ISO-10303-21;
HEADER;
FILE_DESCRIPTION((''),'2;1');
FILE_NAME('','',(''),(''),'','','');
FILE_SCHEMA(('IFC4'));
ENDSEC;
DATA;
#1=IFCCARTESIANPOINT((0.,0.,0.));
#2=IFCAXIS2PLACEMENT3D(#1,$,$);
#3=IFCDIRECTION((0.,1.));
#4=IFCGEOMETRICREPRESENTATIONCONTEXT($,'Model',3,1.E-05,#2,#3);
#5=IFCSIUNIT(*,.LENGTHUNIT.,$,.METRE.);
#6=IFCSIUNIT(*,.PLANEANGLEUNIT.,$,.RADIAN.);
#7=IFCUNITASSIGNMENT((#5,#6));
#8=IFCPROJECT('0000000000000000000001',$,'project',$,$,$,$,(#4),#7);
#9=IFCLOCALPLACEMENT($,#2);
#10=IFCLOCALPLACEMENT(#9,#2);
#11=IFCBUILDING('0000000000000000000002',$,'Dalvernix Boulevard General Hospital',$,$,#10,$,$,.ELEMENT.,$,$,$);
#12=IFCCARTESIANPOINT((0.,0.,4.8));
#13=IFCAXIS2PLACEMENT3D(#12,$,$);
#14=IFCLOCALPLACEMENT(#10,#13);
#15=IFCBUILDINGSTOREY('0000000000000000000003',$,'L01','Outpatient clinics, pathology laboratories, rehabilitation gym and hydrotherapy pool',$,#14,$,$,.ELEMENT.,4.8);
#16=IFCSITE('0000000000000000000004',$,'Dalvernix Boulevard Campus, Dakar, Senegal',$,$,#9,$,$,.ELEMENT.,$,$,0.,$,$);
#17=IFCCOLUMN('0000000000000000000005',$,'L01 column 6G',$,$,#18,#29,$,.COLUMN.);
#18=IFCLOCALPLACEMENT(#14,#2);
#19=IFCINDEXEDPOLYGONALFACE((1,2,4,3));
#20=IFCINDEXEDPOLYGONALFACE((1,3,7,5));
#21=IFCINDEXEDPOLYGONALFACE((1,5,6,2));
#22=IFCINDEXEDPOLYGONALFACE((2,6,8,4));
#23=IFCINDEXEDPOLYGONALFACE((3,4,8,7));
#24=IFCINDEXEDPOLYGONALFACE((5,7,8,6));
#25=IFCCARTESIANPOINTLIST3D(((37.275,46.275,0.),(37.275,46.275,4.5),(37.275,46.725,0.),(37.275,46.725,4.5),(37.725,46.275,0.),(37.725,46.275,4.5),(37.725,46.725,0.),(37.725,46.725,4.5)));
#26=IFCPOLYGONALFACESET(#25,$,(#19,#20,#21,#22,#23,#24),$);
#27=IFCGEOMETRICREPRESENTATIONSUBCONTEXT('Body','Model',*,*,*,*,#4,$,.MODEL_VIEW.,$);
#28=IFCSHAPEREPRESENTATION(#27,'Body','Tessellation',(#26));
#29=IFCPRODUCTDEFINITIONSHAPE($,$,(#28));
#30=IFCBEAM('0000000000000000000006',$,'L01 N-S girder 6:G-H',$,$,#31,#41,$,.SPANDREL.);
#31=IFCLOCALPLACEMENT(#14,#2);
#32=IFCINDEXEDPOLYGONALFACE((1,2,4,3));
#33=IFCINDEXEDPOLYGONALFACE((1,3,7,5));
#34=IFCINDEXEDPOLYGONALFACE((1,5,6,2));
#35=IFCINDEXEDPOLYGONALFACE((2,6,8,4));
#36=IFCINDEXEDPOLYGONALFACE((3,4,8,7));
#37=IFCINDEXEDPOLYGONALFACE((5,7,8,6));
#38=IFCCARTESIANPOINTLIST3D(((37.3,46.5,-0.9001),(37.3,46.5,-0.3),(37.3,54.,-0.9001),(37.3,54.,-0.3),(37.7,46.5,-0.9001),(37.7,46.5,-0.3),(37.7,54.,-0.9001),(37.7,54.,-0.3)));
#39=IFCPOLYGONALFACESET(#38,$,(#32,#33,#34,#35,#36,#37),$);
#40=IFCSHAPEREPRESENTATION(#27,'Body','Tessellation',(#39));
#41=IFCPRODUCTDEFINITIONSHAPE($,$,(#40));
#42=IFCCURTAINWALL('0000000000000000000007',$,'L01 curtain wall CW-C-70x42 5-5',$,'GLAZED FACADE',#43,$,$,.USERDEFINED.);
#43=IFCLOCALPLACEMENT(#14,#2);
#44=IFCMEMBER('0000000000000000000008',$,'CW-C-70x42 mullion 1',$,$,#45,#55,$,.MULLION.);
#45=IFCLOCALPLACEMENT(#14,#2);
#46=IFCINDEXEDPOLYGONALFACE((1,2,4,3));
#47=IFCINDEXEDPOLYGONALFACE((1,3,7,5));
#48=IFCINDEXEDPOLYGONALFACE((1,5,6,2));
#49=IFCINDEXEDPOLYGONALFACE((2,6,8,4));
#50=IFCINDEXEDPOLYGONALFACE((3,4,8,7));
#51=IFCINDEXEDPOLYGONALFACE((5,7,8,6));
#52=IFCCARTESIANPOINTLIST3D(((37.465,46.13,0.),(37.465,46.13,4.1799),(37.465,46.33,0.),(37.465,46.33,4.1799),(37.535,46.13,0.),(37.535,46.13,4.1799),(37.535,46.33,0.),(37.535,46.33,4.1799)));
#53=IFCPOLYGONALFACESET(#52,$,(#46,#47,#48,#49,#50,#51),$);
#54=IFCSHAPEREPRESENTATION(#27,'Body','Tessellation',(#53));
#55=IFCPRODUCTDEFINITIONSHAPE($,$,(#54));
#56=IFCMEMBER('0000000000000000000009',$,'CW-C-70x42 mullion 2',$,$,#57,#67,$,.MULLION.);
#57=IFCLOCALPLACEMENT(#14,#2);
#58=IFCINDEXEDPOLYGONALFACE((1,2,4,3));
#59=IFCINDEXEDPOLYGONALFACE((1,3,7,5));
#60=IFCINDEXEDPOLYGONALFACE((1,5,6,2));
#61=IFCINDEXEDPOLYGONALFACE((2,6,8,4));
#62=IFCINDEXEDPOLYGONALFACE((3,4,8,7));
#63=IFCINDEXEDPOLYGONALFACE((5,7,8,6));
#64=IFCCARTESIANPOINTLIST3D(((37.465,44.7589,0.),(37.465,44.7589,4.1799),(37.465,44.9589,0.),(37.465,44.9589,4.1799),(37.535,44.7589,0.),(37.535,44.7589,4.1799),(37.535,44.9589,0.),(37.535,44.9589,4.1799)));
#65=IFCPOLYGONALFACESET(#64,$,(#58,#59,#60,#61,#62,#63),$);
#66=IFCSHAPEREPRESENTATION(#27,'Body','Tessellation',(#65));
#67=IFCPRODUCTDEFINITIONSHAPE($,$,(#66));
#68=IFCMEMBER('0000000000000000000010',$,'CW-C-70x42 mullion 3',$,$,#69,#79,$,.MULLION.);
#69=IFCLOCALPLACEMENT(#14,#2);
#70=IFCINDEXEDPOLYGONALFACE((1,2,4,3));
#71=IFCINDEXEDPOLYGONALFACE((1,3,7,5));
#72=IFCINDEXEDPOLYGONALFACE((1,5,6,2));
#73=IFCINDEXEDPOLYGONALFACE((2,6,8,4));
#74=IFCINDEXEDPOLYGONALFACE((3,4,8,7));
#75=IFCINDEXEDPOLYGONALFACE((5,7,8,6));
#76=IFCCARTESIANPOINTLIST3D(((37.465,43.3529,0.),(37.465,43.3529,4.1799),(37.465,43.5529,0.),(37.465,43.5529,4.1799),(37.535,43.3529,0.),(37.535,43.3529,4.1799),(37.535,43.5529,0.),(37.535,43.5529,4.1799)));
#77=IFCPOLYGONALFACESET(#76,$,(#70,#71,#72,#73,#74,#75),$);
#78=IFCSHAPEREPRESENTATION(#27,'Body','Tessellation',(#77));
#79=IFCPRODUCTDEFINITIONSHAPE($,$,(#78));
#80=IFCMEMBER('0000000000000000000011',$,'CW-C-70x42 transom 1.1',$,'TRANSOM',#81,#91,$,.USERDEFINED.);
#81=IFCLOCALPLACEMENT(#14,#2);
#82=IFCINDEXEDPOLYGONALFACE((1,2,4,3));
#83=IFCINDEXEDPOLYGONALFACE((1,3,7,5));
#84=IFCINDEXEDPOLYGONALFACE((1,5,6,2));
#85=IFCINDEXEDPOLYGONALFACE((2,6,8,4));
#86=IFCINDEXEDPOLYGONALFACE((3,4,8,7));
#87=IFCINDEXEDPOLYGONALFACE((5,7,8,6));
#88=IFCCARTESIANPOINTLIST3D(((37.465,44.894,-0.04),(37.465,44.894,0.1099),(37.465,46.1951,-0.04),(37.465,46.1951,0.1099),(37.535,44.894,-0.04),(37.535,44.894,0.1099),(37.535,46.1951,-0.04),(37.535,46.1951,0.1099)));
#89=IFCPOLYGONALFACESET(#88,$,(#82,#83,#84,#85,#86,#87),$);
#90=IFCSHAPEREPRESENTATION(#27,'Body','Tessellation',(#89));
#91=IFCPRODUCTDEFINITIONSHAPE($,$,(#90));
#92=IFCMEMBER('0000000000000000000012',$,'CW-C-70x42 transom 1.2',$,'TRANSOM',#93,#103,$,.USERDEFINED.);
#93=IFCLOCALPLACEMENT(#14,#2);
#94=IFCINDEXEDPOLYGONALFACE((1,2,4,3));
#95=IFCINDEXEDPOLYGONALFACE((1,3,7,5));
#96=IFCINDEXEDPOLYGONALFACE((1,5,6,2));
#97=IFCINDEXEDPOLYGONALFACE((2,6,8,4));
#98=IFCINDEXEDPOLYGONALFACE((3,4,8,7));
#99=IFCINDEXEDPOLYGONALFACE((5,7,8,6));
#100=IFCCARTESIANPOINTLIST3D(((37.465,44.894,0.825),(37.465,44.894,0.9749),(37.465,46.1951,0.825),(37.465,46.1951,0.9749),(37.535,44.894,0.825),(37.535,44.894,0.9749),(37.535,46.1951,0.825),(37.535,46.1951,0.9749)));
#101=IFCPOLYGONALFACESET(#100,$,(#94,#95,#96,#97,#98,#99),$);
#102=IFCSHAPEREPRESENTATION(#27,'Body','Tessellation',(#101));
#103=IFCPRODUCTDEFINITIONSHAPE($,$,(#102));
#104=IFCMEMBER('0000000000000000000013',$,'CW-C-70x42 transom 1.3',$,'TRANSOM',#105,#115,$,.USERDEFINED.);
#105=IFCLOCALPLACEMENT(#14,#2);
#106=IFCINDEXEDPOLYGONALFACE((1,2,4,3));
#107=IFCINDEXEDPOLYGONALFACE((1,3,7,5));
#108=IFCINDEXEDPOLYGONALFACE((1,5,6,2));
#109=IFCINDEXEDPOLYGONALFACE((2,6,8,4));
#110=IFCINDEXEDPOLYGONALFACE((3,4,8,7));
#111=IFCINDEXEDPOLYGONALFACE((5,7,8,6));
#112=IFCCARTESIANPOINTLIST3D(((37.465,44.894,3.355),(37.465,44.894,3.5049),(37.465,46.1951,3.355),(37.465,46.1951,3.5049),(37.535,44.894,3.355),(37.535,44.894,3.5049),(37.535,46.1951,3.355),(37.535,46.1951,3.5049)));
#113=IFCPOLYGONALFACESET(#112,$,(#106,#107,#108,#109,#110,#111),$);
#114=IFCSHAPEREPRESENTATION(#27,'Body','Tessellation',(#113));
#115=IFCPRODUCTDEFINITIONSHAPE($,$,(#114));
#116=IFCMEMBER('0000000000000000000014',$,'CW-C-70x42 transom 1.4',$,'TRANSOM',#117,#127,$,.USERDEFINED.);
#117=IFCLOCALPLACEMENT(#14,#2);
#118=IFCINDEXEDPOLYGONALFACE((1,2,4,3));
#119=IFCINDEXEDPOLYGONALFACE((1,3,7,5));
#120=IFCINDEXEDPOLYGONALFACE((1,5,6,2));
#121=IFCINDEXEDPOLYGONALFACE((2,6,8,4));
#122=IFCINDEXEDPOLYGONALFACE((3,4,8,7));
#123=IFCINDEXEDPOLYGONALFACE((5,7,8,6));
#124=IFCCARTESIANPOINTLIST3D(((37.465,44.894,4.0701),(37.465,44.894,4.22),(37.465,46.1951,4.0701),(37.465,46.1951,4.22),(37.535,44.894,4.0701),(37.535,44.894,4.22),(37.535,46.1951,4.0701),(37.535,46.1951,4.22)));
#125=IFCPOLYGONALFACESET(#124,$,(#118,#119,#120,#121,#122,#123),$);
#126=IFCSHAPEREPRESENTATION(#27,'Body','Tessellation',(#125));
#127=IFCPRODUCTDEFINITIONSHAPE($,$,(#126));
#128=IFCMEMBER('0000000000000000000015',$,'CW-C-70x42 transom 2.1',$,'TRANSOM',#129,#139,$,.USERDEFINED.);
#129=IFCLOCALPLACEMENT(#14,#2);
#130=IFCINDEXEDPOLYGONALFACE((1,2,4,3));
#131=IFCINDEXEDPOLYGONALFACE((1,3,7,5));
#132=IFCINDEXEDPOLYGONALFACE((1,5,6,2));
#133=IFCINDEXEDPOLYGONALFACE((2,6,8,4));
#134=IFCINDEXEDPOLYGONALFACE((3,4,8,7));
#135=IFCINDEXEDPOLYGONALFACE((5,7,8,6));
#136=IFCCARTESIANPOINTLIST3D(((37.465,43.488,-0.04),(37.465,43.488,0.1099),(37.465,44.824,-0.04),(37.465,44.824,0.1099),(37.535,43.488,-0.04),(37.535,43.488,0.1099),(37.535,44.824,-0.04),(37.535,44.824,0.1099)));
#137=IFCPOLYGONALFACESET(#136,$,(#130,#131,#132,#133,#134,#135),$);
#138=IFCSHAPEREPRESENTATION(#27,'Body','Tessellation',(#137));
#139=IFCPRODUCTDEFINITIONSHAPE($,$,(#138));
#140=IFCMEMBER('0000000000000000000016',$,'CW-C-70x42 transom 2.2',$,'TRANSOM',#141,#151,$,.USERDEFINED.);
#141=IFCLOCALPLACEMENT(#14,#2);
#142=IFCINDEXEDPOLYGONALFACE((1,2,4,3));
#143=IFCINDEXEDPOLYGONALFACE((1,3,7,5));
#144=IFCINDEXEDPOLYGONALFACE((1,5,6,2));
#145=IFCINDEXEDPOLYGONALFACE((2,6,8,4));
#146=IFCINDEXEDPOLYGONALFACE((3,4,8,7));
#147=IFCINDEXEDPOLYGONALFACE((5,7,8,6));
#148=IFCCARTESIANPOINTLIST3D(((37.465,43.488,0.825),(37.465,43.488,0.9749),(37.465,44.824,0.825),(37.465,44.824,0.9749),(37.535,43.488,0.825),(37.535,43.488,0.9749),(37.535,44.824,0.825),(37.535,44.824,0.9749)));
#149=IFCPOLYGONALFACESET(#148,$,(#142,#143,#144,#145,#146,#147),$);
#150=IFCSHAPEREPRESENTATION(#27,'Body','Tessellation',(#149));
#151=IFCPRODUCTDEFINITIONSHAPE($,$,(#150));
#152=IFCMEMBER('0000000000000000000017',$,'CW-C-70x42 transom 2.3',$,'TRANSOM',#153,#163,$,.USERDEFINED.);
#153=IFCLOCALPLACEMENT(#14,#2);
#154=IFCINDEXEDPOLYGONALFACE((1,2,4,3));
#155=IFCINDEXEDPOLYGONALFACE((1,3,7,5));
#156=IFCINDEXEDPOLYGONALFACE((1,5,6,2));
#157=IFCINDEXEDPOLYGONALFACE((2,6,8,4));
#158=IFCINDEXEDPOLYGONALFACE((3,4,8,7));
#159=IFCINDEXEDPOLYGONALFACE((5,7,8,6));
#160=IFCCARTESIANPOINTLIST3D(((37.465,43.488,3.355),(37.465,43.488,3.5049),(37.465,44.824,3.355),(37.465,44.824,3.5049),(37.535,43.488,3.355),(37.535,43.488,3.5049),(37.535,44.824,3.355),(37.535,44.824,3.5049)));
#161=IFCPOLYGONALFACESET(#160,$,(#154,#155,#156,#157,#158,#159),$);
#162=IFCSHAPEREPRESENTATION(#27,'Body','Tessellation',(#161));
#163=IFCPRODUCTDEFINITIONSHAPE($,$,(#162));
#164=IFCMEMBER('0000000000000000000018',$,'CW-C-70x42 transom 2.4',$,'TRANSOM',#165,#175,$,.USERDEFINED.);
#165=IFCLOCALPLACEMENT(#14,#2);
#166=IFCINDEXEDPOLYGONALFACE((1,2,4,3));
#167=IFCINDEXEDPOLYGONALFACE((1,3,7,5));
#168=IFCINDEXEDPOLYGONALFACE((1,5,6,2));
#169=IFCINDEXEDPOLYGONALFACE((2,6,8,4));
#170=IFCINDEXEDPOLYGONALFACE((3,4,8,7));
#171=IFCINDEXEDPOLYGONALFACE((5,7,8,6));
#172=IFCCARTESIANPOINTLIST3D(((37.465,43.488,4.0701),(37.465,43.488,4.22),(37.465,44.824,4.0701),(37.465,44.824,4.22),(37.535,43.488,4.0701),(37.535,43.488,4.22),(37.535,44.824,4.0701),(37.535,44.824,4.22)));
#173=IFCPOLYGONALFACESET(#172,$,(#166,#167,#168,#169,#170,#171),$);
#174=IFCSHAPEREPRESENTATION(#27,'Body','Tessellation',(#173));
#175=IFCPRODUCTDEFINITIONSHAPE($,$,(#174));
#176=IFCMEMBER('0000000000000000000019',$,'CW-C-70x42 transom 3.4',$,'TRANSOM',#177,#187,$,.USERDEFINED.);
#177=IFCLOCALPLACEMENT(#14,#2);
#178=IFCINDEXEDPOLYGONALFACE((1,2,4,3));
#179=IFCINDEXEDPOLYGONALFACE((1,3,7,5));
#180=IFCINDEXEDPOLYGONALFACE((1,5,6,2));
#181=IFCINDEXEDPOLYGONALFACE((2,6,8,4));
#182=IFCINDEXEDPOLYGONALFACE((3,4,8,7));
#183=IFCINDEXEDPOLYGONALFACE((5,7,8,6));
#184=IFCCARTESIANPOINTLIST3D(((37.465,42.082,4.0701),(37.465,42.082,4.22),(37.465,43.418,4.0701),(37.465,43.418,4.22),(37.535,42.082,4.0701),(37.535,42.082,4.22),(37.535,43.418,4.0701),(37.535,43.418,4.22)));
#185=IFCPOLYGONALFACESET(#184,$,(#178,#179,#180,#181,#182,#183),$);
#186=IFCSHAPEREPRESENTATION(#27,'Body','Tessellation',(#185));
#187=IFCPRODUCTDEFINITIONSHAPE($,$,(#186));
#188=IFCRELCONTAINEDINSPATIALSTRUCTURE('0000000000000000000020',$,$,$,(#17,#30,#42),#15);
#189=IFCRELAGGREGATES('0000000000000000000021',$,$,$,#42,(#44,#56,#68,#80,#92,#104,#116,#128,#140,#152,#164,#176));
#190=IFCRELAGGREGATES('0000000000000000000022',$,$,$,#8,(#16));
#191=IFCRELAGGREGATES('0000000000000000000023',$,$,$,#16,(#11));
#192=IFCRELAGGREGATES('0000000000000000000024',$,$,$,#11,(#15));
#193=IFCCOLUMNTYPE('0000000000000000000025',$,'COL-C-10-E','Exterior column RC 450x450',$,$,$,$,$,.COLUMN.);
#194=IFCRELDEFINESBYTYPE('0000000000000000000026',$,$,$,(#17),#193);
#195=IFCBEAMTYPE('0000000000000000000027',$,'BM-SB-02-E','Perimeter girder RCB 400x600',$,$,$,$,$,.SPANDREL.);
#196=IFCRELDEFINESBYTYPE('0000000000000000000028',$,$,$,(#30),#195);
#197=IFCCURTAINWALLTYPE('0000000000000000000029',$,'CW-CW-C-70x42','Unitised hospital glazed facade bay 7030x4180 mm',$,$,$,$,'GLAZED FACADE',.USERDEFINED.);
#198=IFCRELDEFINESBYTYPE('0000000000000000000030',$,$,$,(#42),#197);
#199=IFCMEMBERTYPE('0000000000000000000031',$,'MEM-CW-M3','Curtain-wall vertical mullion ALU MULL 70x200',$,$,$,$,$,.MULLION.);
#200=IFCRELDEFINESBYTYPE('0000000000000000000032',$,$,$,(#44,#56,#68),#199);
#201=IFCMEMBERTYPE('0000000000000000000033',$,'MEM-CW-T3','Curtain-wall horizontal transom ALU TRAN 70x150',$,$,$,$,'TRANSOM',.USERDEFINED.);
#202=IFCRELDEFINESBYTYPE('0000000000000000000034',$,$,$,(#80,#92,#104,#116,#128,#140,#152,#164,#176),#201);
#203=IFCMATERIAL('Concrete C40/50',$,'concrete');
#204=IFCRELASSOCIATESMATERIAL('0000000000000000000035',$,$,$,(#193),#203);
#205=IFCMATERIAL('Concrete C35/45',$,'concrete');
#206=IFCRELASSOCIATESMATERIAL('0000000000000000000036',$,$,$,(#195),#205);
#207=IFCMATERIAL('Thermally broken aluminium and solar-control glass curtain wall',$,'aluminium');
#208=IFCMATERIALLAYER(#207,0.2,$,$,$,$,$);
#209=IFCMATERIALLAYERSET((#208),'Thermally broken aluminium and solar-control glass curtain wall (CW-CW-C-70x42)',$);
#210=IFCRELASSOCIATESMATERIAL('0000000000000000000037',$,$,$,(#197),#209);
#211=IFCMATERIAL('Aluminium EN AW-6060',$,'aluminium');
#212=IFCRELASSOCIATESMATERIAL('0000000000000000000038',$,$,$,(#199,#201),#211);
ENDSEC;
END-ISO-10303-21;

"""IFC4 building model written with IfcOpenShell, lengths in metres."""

from ifc_helpers import new_model, si_unit, direction, frame, origin, origin_2d, place, context, subcontext, project, spatial, rectangle, extrude, material, layer, layer_set, material_profile, profile_set, type_object, element, aggregate, save


model = new_model("IFC4")

# Units and contexts
model_context = context("Model", 3, precision=1e-05, world=origin(), true_north=direction((0.0, 1.0)))
body_context = subcontext(model_context, "Body", "Model", "MODEL_VIEW")
ifc_project = project(units=[si_unit("LENGTHUNIT", "METRE"), si_unit("PLANEANGLEUNIT", "RADIAN")], contexts=[model_context])

# Site, building, storey
site_placement = place(None, origin())
site = spatial("IfcSite", under=ifc_project, at=site_placement, Name="Dalvernix Boulevard Campus, Dakar, Senegal", CompositionType="ELEMENT", RefElevation=0.0)
building_placement = place(site_placement, origin())
building = spatial("IfcBuilding", under=site, at=building_placement, Name="Dalvernix Boulevard General Hospital", CompositionType="ELEMENT")
storey_placement = place(building_placement, frame((0.0, 0.0, 4.8)))
storey = spatial("IfcBuildingStorey", under=building, at=storey_placement, Name="L01", Description="Outpatient clinics, pathology laboratories, rehabilitation gym and hydrotherapy pool", CompositionType="ELEMENT", Elevation=4.8)

# Column
ifc_material_1 = material(Name="Concrete C40/50", Category="concrete")
ifc_material_profile_1 = material_profile(ifc_material_1, rectangle(XDim=0.45, YDim=0.45, at=origin_2d()), Name="RC 450x450")
ifc_profile_set_1 = profile_set([ifc_material_profile_1], Name="Concrete C40/50")
column_type = type_object("IfcColumnType", Name="COL-C-10-E", Description="Exterior column RC 450x450", PredefinedType="COLUMN", material=ifc_profile_set_1)
column_placement = place(storey_placement, frame((37.5, 46.5, 0.0), z_axis=(0.0, 0.0, 1.0), x_axis=(1.0, 0.0, 0.0)))
element("IfcColumn", 1, at=column_placement, inside=storey, type_object=column_type, Name="L01 column 6G", PredefinedType="COLUMN", context=body_context, shape_type="SweptSolid", body=[
    extrude(rectangle(XDim=0.45, YDim=0.45, at=origin_2d()), origin(), (0.0, 0.0, 1.0), 4.5),
])

# Beam
ifc_material_2 = material(Name="Concrete C35/45", Category="concrete")
ifc_material_profile_2 = material_profile(ifc_material_2, rectangle(XDim=0.3999, YDim=0.6001, at=origin_2d()), Name="RCB 400x600")
ifc_profile_set_2 = profile_set([ifc_material_profile_2], Name="Concrete C35/45")
beam_type = type_object("IfcBeamType", Name="BM-SB-02-E", Description="Perimeter girder RCB 400x600", PredefinedType="SPANDREL", material=ifc_profile_set_2)
beam_placement = place(storey_placement, frame((37.5, 46.5, -0.6001), z_axis=(0.0, 1.0, 0.0), x_axis=(-1.0, 0.0, 0.0)))
element("IfcBeam", 2, at=beam_placement, inside=storey, type_object=beam_type, Name="L01 N-S girder 6:G-H", PredefinedType="SPANDREL", context=body_context, shape_type="SweptSolid", body=[
    extrude(rectangle(XDim=0.3999, YDim=0.6001, at=origin_2d()), origin(), (0.0, 0.0, 1.0), 7.5),
])

# Curtain wall, members
ifc_material_3 = material(Name="Thermally broken aluminium and solar-control glass curtain wall", Category="aluminium")
ifc_layer_1 = layer(ifc_material_3, 0.2)
ifc_layer_set_1 = layer_set([ifc_layer_1], Name="Thermally broken aluminium and solar-control glass curtain wall (CW-CW-C-70x42)")
curtain_wall_type = type_object("IfcCurtainWallType", Name="CW-CW-C-70x42", Description="Unitised hospital glazed facade bay 7030x4180 mm", ElementType="GLAZED FACADE", PredefinedType="USERDEFINED", material=ifc_layer_set_1)
curtain_wall_placement = place(storey_placement, origin())
curtain_wall = element("IfcCurtainWall", 3, at=curtain_wall_placement, inside=storey, type_object=curtain_wall_type, Name="L01 curtain wall CW-C-70x42 5-5", ObjectType="GLAZED FACADE", PredefinedType="USERDEFINED")
ifc_material_4 = material(Name="Aluminium EN AW-6060", Category="aluminium")
ifc_material_profile_3 = material_profile(ifc_material_4, rectangle(XDim=0.0701, YDim=0.2, at=origin_2d()), Name="ALU MULL 70x200")
ifc_profile_set_3 = profile_set([ifc_material_profile_3], Name="Aluminium EN AW-6060")
member_type_1 = type_object("IfcMemberType", Name="MEM-CW-M3", Description="Curtain-wall vertical mullion ALU MULL 70x200", PredefinedType="MULLION", material=ifc_profile_set_3)
member_1_placement = place(storey_placement, frame((37.5, 46.23, 0.0), z_axis=(0.0, 0.0, 1.0), x_axis=(1.0, 0.0, 0.0)))
member_1 = element("IfcMember", 4, at=member_1_placement, type_object=member_type_1, Name="CW-C-70x42 mullion 1", PredefinedType="MULLION", context=body_context, shape_type="SweptSolid", body=[
    extrude(rectangle(XDim=0.0701, YDim=0.2, at=origin_2d()), origin(), (0.0, 0.0, 1.0), 4.1799),
])
member_2_placement = place(storey_placement, frame((37.5, 44.8589, 0.0), z_axis=(0.0, 0.0, 1.0), x_axis=(1.0, 0.0, 0.0)))
member_2 = element("IfcMember", 5, at=member_2_placement, type_object=member_type_1, Name="CW-C-70x42 mullion 2", PredefinedType="MULLION", context=body_context, shape_type="SweptSolid", body=[
    extrude(rectangle(XDim=0.0701, YDim=0.2, at=origin_2d()), origin(), (0.0, 0.0, 1.0), 4.1799),
])
member_3_placement = place(storey_placement, frame((37.5, 43.4529, 0.0), z_axis=(0.0, 0.0, 1.0), x_axis=(1.0, 0.0, 0.0)))
member_3 = element("IfcMember", 6, at=member_3_placement, type_object=member_type_1, Name="CW-C-70x42 mullion 3", PredefinedType="MULLION", context=body_context, shape_type="SweptSolid", body=[
    extrude(rectangle(XDim=0.0701, YDim=0.2, at=origin_2d()), origin(), (0.0, 0.0, 1.0), 4.1799),
])
ifc_material_profile_4 = material_profile(ifc_material_4, rectangle(XDim=0.0701, YDim=0.1499, at=origin_2d()), Name="ALU TRAN 70x150")
ifc_profile_set_4 = profile_set([ifc_material_profile_4], Name="Aluminium EN AW-6060")
member_type_2 = type_object("IfcMemberType", Name="MEM-CW-T3", Description="Curtain-wall horizontal transom ALU TRAN 70x150", ElementType="TRANSOM", PredefinedType="USERDEFINED", material=ifc_profile_set_4)
member_4_placement = place(storey_placement, frame((37.5, 46.1951, 0.0349), z_axis=(0.0, -1.0, 0.0), x_axis=(1.0, 0.0, 0.0)))
member_4 = element("IfcMember", 7, at=member_4_placement, type_object=member_type_2, Name="CW-C-70x42 transom 1.1", ObjectType="TRANSOM", PredefinedType="USERDEFINED", context=body_context, shape_type="SweptSolid", body=[
    extrude(rectangle(XDim=0.0701, YDim=0.1499, at=origin_2d()), origin(), (0.0, 0.0, 1.0), 1.301),
])
member_5_placement = place(storey_placement, frame((37.5, 46.1951, 0.8999), z_axis=(0.0, -1.0, 0.0), x_axis=(1.0, 0.0, 0.0)))
member_5 = element("IfcMember", 8, at=member_5_placement, type_object=member_type_2, Name="CW-C-70x42 transom 1.2", ObjectType="TRANSOM", PredefinedType="USERDEFINED", context=body_context, shape_type="SweptSolid", body=[
    extrude(rectangle(XDim=0.0701, YDim=0.1499, at=origin_2d()), origin(), (0.0, 0.0, 1.0), 1.301),
])
member_6_placement = place(storey_placement, frame((37.5, 46.1951, 3.4299), z_axis=(0.0, -1.0, 0.0), x_axis=(1.0, 0.0, 0.0)))
member_6 = element("IfcMember", 9, at=member_6_placement, type_object=member_type_2, Name="CW-C-70x42 transom 1.3", ObjectType="TRANSOM", PredefinedType="USERDEFINED", context=body_context, shape_type="SweptSolid", body=[
    extrude(rectangle(XDim=0.0701, YDim=0.1499, at=origin_2d()), origin(), (0.0, 0.0, 1.0), 1.301),
])
member_7_placement = place(storey_placement, frame((37.5, 46.1951, 4.145), z_axis=(0.0, -1.0, 0.0), x_axis=(1.0, 0.0, 0.0)))
member_7 = element("IfcMember", 10, at=member_7_placement, type_object=member_type_2, Name="CW-C-70x42 transom 1.4", ObjectType="TRANSOM", PredefinedType="USERDEFINED", context=body_context, shape_type="SweptSolid", body=[
    extrude(rectangle(XDim=0.0701, YDim=0.1499, at=origin_2d()), origin(), (0.0, 0.0, 1.0), 1.301),
])
member_8_placement = place(storey_placement, frame((37.5, 44.824, 0.0349), z_axis=(0.0, -1.0, 0.0), x_axis=(1.0, 0.0, 0.0)))
member_8 = element("IfcMember", 11, at=member_8_placement, type_object=member_type_2, Name="CW-C-70x42 transom 2.1", ObjectType="TRANSOM", PredefinedType="USERDEFINED", context=body_context, shape_type="SweptSolid", body=[
    extrude(rectangle(XDim=0.0701, YDim=0.1499, at=origin_2d()), origin(), (0.0, 0.0, 1.0), 1.3359),
])
member_9_placement = place(storey_placement, frame((37.5, 44.824, 0.8999), z_axis=(0.0, -1.0, 0.0), x_axis=(1.0, 0.0, 0.0)))
member_9 = element("IfcMember", 12, at=member_9_placement, type_object=member_type_2, Name="CW-C-70x42 transom 2.2", ObjectType="TRANSOM", PredefinedType="USERDEFINED", context=body_context, shape_type="SweptSolid", body=[
    extrude(rectangle(XDim=0.0701, YDim=0.1499, at=origin_2d()), origin(), (0.0, 0.0, 1.0), 1.3359),
])
member_10_placement = place(storey_placement, frame((37.5, 44.824, 3.4299), z_axis=(0.0, -1.0, 0.0), x_axis=(1.0, 0.0, 0.0)))
member_10 = element("IfcMember", 13, at=member_10_placement, type_object=member_type_2, Name="CW-C-70x42 transom 2.3", ObjectType="TRANSOM", PredefinedType="USERDEFINED", context=body_context, shape_type="SweptSolid", body=[
    extrude(rectangle(XDim=0.0701, YDim=0.1499, at=origin_2d()), origin(), (0.0, 0.0, 1.0), 1.3359),
])
member_11_placement = place(storey_placement, frame((37.5, 44.824, 4.145), z_axis=(0.0, -1.0, 0.0), x_axis=(1.0, 0.0, 0.0)))
member_11 = element("IfcMember", 14, at=member_11_placement, type_object=member_type_2, Name="CW-C-70x42 transom 2.4", ObjectType="TRANSOM", PredefinedType="USERDEFINED", context=body_context, shape_type="SweptSolid", body=[
    extrude(rectangle(XDim=0.0701, YDim=0.1499, at=origin_2d()), origin(), (0.0, 0.0, 1.0), 1.3359),
])
member_12_placement = place(storey_placement, frame((37.5, 43.418, 4.145), z_axis=(0.0, -1.0, 0.0), x_axis=(1.0, 0.0, 0.0)))
member_12 = element("IfcMember", 15, at=member_12_placement, type_object=member_type_2, Name="CW-C-70x42 transom 3.4", ObjectType="TRANSOM", PredefinedType="USERDEFINED", context=body_context, shape_type="SweptSolid", body=[
    extrude(rectangle(XDim=0.0701, YDim=0.1499, at=origin_2d()), origin(), (0.0, 0.0, 1.0), 1.3359),
])
aggregate(curtain_wall, [member_1, member_2, member_3, member_4, member_5, member_6, member_7, member_8, member_9, member_10, member_11, member_12])

save(model, "model.ifc")
